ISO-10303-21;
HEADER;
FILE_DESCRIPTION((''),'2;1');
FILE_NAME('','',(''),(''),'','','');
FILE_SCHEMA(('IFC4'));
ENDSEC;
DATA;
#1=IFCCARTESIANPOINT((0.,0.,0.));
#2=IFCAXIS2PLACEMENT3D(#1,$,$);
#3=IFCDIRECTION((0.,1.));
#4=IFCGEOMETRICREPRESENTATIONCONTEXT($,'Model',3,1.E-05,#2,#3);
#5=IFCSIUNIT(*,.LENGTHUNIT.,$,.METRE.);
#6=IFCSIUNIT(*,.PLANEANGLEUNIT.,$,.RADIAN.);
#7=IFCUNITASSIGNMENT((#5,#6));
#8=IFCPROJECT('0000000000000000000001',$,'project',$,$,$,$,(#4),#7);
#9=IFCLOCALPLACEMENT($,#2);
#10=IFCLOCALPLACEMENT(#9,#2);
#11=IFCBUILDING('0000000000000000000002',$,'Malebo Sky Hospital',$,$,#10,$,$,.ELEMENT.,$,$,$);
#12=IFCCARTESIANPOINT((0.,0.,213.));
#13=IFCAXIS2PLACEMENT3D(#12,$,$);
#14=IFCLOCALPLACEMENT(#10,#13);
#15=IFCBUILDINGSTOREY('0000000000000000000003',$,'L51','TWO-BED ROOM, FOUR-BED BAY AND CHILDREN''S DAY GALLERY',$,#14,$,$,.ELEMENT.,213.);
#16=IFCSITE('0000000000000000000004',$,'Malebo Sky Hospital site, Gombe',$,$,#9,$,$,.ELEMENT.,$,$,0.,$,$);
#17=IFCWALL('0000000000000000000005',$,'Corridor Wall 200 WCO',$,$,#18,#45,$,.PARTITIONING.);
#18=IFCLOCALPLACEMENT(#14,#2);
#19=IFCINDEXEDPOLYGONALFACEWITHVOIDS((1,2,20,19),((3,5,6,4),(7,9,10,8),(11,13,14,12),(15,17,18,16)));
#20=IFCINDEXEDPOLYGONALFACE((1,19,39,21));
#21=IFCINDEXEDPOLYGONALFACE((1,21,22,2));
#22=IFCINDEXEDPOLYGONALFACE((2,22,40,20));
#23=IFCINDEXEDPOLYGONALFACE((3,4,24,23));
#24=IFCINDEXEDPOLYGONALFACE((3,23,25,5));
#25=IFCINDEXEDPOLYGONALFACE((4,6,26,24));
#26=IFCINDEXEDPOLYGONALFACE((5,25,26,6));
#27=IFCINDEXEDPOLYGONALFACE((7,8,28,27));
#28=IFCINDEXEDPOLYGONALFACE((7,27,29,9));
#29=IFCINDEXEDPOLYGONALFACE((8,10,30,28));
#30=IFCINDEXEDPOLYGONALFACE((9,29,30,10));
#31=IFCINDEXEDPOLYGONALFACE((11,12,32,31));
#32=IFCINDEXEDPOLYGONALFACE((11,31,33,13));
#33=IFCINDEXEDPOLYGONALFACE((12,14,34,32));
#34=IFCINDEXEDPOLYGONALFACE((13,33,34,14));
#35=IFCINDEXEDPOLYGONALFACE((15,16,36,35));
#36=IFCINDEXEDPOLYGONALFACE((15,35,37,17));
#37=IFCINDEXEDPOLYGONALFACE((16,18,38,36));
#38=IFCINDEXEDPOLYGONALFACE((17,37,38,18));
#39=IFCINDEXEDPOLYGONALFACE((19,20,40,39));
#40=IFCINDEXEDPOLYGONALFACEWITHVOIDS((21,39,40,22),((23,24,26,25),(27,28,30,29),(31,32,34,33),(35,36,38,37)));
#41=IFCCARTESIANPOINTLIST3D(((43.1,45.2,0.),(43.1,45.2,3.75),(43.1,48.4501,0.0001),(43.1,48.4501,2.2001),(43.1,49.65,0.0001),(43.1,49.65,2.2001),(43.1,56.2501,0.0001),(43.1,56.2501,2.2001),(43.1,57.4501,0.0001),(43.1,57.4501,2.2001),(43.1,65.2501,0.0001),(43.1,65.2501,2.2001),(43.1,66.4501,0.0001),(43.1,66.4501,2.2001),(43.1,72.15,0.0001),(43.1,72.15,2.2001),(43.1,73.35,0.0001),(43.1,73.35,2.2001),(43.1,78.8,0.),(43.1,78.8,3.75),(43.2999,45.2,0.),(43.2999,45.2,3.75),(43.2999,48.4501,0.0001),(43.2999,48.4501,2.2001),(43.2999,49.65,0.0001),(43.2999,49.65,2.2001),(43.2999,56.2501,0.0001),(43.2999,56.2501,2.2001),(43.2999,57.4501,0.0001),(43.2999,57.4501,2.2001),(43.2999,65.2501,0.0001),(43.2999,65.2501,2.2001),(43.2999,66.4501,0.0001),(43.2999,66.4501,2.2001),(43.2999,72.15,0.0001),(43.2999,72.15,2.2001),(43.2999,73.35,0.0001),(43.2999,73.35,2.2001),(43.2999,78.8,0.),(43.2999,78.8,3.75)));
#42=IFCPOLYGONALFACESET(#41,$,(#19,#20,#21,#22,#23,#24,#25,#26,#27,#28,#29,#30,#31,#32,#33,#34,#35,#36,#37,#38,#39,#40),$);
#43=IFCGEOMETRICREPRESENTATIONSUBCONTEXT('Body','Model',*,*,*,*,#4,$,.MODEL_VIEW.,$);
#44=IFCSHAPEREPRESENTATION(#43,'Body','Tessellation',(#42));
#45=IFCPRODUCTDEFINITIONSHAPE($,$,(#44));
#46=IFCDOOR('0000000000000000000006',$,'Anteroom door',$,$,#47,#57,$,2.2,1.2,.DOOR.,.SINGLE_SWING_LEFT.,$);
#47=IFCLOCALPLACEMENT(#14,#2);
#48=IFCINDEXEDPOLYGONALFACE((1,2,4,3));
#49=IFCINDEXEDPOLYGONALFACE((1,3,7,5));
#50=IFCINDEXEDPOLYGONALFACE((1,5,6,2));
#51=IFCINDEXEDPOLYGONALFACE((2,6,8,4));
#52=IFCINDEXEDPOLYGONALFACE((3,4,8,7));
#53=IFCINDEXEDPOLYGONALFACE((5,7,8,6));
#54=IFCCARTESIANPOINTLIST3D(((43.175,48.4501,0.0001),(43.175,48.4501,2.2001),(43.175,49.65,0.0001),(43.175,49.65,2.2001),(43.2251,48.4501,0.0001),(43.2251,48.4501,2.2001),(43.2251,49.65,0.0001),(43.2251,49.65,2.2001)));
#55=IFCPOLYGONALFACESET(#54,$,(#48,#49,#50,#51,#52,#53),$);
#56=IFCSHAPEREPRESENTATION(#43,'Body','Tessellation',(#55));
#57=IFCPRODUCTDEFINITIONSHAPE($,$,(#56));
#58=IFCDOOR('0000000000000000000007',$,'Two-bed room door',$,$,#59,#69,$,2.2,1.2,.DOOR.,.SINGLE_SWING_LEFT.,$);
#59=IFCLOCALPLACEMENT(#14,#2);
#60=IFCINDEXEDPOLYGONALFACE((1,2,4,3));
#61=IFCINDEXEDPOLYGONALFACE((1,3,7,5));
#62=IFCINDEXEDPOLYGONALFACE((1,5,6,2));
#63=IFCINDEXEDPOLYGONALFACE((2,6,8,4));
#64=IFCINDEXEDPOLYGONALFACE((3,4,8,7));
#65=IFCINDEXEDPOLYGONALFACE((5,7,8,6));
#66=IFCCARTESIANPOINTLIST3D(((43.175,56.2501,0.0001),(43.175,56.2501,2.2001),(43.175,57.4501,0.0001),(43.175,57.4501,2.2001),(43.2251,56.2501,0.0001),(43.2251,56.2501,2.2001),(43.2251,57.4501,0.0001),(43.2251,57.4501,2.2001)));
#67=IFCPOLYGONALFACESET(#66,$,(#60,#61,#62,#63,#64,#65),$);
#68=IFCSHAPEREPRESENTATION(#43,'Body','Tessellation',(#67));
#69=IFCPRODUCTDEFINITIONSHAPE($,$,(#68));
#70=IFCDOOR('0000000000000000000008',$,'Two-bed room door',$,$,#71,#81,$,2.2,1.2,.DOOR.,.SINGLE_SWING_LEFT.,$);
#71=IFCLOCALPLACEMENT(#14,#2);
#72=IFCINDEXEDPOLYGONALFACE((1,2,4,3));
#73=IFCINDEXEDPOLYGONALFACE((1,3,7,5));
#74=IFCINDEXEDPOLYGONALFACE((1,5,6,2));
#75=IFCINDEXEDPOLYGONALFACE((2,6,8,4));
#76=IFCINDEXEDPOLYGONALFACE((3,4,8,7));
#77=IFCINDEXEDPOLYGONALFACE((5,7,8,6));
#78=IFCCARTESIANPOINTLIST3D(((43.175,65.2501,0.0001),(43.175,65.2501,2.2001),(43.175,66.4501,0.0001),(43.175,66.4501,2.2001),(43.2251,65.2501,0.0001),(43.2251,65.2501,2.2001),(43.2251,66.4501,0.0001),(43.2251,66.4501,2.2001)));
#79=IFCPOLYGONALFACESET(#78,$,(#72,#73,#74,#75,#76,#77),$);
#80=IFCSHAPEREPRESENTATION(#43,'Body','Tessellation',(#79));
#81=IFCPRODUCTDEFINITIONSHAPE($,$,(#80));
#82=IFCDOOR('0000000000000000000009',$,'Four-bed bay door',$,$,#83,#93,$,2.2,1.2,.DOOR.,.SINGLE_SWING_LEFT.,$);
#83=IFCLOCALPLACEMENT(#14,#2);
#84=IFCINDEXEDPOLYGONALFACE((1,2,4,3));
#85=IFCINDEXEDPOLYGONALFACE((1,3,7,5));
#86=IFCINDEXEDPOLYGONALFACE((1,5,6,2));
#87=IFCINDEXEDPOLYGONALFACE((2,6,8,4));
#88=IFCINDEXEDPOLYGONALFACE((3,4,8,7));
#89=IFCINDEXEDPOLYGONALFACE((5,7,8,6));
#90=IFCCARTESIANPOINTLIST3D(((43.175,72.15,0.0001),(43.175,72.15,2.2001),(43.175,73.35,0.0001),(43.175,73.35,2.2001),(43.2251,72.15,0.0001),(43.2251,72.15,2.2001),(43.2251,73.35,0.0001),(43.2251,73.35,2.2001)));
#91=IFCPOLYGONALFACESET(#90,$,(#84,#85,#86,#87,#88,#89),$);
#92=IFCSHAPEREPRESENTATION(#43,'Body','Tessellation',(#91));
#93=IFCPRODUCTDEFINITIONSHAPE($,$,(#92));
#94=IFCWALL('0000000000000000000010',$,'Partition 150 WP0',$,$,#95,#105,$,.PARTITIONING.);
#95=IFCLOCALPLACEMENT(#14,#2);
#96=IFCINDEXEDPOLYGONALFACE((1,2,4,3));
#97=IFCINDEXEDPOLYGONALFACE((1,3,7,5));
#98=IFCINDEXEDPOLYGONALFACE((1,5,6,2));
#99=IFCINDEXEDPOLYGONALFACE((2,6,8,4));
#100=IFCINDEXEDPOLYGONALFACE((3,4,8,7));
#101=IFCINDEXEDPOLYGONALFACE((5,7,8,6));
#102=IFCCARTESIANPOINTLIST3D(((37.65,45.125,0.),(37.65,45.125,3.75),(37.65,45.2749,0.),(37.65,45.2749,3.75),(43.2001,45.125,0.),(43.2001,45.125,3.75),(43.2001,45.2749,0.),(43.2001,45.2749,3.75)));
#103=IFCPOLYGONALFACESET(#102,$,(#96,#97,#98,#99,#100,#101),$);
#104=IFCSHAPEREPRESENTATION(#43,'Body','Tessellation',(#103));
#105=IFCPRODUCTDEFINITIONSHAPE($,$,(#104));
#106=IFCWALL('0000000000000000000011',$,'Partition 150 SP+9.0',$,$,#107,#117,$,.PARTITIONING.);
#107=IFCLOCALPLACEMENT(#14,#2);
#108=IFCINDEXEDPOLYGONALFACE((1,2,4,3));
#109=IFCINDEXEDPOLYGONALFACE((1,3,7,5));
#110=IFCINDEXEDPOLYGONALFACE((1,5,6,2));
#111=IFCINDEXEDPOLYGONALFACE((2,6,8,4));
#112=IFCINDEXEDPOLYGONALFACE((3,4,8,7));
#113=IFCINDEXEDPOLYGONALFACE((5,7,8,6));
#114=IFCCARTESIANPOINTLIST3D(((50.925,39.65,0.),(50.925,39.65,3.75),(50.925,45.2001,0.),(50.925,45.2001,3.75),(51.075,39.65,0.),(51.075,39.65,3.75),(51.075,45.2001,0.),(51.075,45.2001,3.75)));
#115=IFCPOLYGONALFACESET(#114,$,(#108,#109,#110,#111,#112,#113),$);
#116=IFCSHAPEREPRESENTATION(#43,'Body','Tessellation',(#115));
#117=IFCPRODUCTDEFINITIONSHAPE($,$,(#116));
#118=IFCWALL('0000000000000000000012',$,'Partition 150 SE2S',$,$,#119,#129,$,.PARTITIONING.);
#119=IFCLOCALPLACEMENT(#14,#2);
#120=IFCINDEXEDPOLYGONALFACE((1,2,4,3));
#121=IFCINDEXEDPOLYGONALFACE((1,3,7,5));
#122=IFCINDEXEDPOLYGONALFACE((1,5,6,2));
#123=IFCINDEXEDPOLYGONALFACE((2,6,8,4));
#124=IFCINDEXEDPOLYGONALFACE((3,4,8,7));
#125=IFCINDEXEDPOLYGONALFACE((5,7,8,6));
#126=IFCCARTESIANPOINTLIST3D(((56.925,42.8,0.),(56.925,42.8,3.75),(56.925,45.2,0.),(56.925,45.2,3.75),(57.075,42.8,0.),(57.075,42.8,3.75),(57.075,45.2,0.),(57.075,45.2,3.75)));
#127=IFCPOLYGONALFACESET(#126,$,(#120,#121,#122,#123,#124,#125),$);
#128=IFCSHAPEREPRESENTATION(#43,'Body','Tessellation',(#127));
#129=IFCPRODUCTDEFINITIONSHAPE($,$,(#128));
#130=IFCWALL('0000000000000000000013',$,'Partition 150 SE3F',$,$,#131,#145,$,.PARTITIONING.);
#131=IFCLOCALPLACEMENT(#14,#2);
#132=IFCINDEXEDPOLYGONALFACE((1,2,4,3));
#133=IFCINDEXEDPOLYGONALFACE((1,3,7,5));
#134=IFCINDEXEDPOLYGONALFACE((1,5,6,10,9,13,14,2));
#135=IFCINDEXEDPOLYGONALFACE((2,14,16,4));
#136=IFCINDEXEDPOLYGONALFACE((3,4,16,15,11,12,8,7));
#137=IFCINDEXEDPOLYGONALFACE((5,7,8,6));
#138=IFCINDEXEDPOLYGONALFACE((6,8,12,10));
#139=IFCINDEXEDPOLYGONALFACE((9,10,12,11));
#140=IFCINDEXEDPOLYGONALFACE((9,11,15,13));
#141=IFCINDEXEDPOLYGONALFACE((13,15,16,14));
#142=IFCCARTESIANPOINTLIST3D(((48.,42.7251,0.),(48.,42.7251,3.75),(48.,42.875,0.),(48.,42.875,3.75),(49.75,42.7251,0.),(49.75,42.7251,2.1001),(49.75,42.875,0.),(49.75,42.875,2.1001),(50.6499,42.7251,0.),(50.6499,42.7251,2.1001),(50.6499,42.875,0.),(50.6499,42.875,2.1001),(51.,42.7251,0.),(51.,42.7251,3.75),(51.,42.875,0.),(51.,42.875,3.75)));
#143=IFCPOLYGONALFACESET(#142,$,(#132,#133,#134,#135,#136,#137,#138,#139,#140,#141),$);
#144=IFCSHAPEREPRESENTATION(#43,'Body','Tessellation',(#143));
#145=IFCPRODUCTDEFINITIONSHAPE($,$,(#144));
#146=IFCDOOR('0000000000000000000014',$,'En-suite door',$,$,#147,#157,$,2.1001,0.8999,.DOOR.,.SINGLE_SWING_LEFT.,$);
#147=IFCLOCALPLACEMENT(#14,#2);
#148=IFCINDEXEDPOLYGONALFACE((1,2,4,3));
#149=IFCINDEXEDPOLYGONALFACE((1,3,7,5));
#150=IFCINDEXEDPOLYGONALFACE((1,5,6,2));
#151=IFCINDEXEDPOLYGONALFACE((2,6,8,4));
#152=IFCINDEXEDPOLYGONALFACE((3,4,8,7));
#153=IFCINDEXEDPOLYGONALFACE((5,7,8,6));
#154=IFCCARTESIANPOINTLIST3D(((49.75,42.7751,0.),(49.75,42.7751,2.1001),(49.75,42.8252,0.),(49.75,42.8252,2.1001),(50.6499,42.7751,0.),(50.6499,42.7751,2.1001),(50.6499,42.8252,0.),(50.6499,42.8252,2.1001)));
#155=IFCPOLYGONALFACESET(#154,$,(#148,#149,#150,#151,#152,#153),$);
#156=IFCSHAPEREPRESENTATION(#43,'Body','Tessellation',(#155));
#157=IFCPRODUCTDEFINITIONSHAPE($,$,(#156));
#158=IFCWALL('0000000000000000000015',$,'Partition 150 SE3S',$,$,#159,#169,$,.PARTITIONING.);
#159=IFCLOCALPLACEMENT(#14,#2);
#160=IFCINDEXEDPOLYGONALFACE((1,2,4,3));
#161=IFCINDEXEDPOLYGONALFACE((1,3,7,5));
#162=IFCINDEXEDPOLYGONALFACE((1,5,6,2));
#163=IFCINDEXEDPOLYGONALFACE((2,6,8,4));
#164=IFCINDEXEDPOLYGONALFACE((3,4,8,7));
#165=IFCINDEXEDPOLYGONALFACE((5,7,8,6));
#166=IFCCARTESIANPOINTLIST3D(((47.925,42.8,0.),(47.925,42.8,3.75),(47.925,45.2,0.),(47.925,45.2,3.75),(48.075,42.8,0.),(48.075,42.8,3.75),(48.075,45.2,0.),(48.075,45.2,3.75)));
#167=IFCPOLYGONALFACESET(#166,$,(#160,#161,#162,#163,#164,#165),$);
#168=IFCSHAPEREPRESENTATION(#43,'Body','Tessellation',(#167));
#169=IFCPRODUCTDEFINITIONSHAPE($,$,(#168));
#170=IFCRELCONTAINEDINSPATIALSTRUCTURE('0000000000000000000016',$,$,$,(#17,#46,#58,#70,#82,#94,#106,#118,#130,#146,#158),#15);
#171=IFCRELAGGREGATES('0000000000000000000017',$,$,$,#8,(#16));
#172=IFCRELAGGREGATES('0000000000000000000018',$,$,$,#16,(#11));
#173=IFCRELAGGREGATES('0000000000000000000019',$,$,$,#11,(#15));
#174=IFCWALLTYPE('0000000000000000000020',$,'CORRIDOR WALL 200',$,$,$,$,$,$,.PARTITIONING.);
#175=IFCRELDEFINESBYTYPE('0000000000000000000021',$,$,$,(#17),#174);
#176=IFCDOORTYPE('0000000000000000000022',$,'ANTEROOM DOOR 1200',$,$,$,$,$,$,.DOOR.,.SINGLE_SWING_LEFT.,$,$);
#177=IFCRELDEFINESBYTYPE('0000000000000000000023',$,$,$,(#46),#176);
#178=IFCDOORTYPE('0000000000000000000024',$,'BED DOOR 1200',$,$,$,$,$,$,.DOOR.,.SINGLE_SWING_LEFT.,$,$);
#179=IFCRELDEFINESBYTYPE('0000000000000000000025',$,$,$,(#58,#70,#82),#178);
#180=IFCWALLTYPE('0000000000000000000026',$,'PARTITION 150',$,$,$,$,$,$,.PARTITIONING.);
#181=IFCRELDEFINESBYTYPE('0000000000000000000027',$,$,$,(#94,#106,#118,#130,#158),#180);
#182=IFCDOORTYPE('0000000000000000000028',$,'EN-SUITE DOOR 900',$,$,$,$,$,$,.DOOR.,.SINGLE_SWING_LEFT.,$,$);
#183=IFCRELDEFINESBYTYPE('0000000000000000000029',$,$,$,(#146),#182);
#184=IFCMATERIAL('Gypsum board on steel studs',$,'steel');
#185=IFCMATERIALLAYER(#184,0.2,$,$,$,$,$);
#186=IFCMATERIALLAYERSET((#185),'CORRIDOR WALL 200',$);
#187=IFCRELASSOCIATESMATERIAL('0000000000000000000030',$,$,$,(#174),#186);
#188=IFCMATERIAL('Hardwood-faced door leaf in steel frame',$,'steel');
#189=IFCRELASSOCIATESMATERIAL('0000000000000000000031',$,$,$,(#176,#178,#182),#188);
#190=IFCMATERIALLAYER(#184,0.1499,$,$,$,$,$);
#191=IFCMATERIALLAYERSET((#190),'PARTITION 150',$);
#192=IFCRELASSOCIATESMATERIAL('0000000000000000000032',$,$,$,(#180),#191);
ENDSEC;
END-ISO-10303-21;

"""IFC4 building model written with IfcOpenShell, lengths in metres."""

from ifc_helpers import new_model, si_unit, direction, frame, frame_2d, origin, place, context, subcontext, project, spatial, rectangle, extrude, material, layer, layer_set, type_object, element, fill, save


model = new_model("IFC4")

# Units and contexts
model_context = context("Model", 3, precision=1e-05, world=origin(), true_north=direction((0.0, 1.0)))
body_context = subcontext(model_context, "Body", "Model", "MODEL_VIEW")
ifc_project = project(units=[si_unit("LENGTHUNIT", "METRE"), si_unit("PLANEANGLEUNIT", "RADIAN")], contexts=[model_context])

# Site, building, storey
site_placement = place(None, origin())
site = spatial("IfcSite", under=ifc_project, at=site_placement, Name="Malebo Sky Hospital site, Gombe", CompositionType="ELEMENT", RefElevation=0.0)
building_placement = place(site_placement, origin())
building = spatial("IfcBuilding", under=site, at=building_placement, Name="Malebo Sky Hospital", CompositionType="ELEMENT")
storey_placement = place(building_placement, frame((0.0, 0.0, 213.0)))
storey = spatial("IfcBuildingStorey", under=building, at=storey_placement, Name="L51", Description="TWO-BED ROOM, FOUR-BED BAY AND CHILDREN'S DAY GALLERY", CompositionType="ELEMENT", Elevation=213.0)

# Wall, openings, doors
ifc_material_1 = material(Name="Gypsum board on steel studs", Category="steel")
ifc_layer_1 = layer(ifc_material_1, 0.2)
ifc_layer_set_1 = layer_set([ifc_layer_1], Name="CORRIDOR WALL 200")
wall_type_1 = type_object("IfcWallType", Name="CORRIDOR WALL 200", PredefinedType="PARTITIONING", material=ifc_layer_set_1)
wall_1_placement = place(storey_placement, frame((43.2, 45.2, 0.0), z_axis=(0.0, 0.0, 1.0), x_axis=(0.0, 1.0, 0.0)))
wall_1 = element("IfcWall", 1, at=wall_1_placement, inside=storey, type_object=wall_type_1, Name="Corridor Wall 200 WCO", PredefinedType="PARTITIONING", context=body_context, shape_type="SweptSolid", body=[
    extrude(rectangle(XDim=33.6001, YDim=0.2, at=frame_2d((16.8, 0.0))), origin(), (0.0, 0.0, 1.0), 3.75),
])
opening_1_placement = place(wall_1_placement, frame((3.25, 0.0, 0.0)))
opening_1 = element("IfcOpeningElement", 2, at=opening_1_placement, cuts=wall_1, PredefinedType="OPENING", context=body_context, shape_type="SweptSolid", body=[
    extrude(rectangle(XDim=1.2, YDim=2.2, at=frame_2d((0.6001, 1.1001))), frame((0.0, 0.1099, 0.0), z_axis=(0.0, -1.0, 0.0), x_axis=(1.0, 0.0, 0.0)), (0.0, 0.0, 1.0), 0.22),
])
opening_2_placement = place(wall_1_placement, frame((11.05, 0.0, 0.0)))
opening_2 = element("IfcOpeningElement", 3, at=opening_2_placement, cuts=wall_1, PredefinedType="OPENING", context=body_context, shape_type="SweptSolid", body=[
    extrude(rectangle(XDim=1.2, YDim=2.2, at=frame_2d((0.6001, 1.1001))), frame((0.0, 0.1099, 0.0), z_axis=(0.0, -1.0, 0.0), x_axis=(1.0, 0.0, 0.0)), (0.0, 0.0, 1.0), 0.22),
])
opening_3_placement = place(wall_1_placement, frame((20.05, 0.0, 0.0)))
opening_3 = element("IfcOpeningElement", 4, at=opening_3_placement, cuts=wall_1, PredefinedType="OPENING", context=body_context, shape_type="SweptSolid", body=[
    extrude(rectangle(XDim=1.2, YDim=2.2, at=frame_2d((0.6001, 1.1001))), frame((0.0, 0.1099, 0.0), z_axis=(0.0, -1.0, 0.0), x_axis=(1.0, 0.0, 0.0)), (0.0, 0.0, 1.0), 0.22),
])
opening_4_placement = place(wall_1_placement, frame((26.95, 0.0, 0.0)))
opening_4 = element("IfcOpeningElement", 5, at=opening_4_placement, cuts=wall_1, PredefinedType="OPENING", context=body_context, shape_type="SweptSolid", body=[
    extrude(rectangle(XDim=1.2, YDim=2.2, at=frame_2d((0.6001, 1.1001))), frame((0.0, 0.1099, 0.0), z_axis=(0.0, -1.0, 0.0), x_axis=(1.0, 0.0, 0.0)), (0.0, 0.0, 1.0), 0.22),
])
ifc_material_2 = material(Name="Hardwood-faced door leaf in steel frame", Category="steel")
door_type_1 = type_object("IfcDoorType", Name="ANTEROOM DOOR 1200", OperationType="SINGLE_SWING_LEFT", PredefinedType="DOOR", material=ifc_material_2)
door_1_placement = place(opening_1_placement, origin())
door_1 = element("IfcDoor", 6, at=door_1_placement, inside=storey, type_object=door_type_1, Name="Anteroom door", OperationType="SINGLE_SWING_LEFT", OverallHeight=2.2, OverallWidth=1.2, PredefinedType="DOOR", context=body_context, shape_type="SweptSolid", body=[
    extrude(rectangle(XDim=1.2, YDim=2.2, at=frame_2d((0.6001, 1.1001))), frame((0.0, 0.0249, 0.0), z_axis=(0.0, -1.0, 0.0), x_axis=(1.0, 0.0, 0.0)), (0.0, 0.0, 1.0), 0.05),
])
fill(opening_1, door_1)
door_type_2 = type_object("IfcDoorType", Name="BED DOOR 1200", OperationType="SINGLE_SWING_LEFT", PredefinedType="DOOR", material=ifc_material_2)
door_2_placement = place(opening_2_placement, origin())
door_2 = element("IfcDoor", 7, at=door_2_placement, inside=storey, type_object=door_type_2, Name="Two-bed room door", OperationType="SINGLE_SWING_LEFT", OverallHeight=2.2, OverallWidth=1.2, PredefinedType="DOOR", context=body_context, shape_type="SweptSolid", body=[
    extrude(rectangle(XDim=1.2, YDim=2.2, at=frame_2d((0.6001, 1.1001))), frame((0.0, 0.0249, 0.0), z_axis=(0.0, -1.0, 0.0), x_axis=(1.0, 0.0, 0.0)), (0.0, 0.0, 1.0), 0.05),
])
fill(opening_2, door_2)
door_3_placement = place(opening_3_placement, origin())
door_3 = element("IfcDoor", 8, at=door_3_placement, inside=storey, type_object=door_type_2, Name="Two-bed room door", OperationType="SINGLE_SWING_LEFT", OverallHeight=2.2, OverallWidth=1.2, PredefinedType="DOOR", context=body_context, shape_type="SweptSolid", body=[
    extrude(rectangle(XDim=1.2, YDim=2.2, at=frame_2d((0.6001, 1.1001))), frame((0.0, 0.0249, 0.0), z_axis=(0.0, -1.0, 0.0), x_axis=(1.0, 0.0, 0.0)), (0.0, 0.0, 1.0), 0.05),
])
fill(opening_3, door_3)
door_4_placement = place(opening_4_placement, origin())
door_4 = element("IfcDoor", 9, at=door_4_placement, inside=storey, type_object=door_type_2, Name="Four-bed bay door", OperationType="SINGLE_SWING_LEFT", OverallHeight=2.2, OverallWidth=1.2, PredefinedType="DOOR", context=body_context, shape_type="SweptSolid", body=[
    extrude(rectangle(XDim=1.2, YDim=2.2, at=frame_2d((0.6001, 1.1001))), frame((0.0, 0.0249, 0.0), z_axis=(0.0, -1.0, 0.0), x_axis=(1.0, 0.0, 0.0)), (0.0, 0.0, 1.0), 0.05),
])
fill(opening_4, door_4)

# Walls
ifc_layer_2 = layer(ifc_material_1, 0.1499)
ifc_layer_set_2 = layer_set([ifc_layer_2], Name="PARTITION 150")
wall_type_2 = type_object("IfcWallType", Name="PARTITION 150", PredefinedType="PARTITIONING", material=ifc_layer_set_2)
for number, where, z_axis, x_axis, name in (
    (10, (43.2, 45.2, 0.0), (0.0, 0.0, 1.0), (-1.0, 0.0, 0.0), "Partition 150 WP0"),
    (11, (51.0, 45.2, 0.0), (0.0, 0.0, 1.0), (0.0, -1.0, 0.0), "Partition 150 SP+9.0"),
):
    element("IfcWall", number, at=place(storey_placement, frame(where, z_axis=z_axis, x_axis=x_axis)), inside=storey, type_object=wall_type_2, Name=name, PredefinedType="PARTITIONING", context=body_context, shape_type="SweptSolid", body=[
        extrude(rectangle(XDim=5.55, YDim=0.1499, at=frame_2d((2.7749, 0.0))), origin(), (0.0, 0.0, 1.0), 3.75),
    ])
wall_2_placement = place(storey_placement, frame((57.0, 45.2, 0.0), z_axis=(0.0, 0.0, 1.0), x_axis=(0.0, -1.0, 0.0)))
element("IfcWall", 12, at=wall_2_placement, inside=storey, type_object=wall_type_2, Name="Partition 150 SE2S", PredefinedType="PARTITIONING", context=body_context, shape_type="SweptSolid", body=[
    extrude(rectangle(XDim=2.3999, YDim=0.1499, at=frame_2d((1.2, 0.0))), origin(), (0.0, 0.0, 1.0), 3.75),
])

# Wall, opening, door
wall_3_placement = place(storey_placement, frame((51.0, 42.8, 0.0), z_axis=(0.0, 0.0, 1.0), x_axis=(-1.0, 0.0, 0.0)))
wall_3 = element("IfcWall", 13, at=wall_3_placement, inside=storey, type_object=wall_type_2, Name="Partition 150 SE3F", PredefinedType="PARTITIONING", context=body_context, shape_type="SweptSolid", body=[
    extrude(rectangle(XDim=3.0, YDim=0.1499, at=frame_2d((1.5, 0.0))), origin(), (0.0, 0.0, 1.0), 3.75),
])
opening_5_placement = place(wall_3_placement, frame((0.3501, 0.0, 0.0)))
opening_5 = element("IfcOpeningElement", 14, at=opening_5_placement, cuts=wall_3, PredefinedType="OPENING", context=body_context, shape_type="SweptSolid", body=[
    extrude(rectangle(XDim=0.8999, YDim=2.1001, at=frame_2d((0.45, 1.05))), frame((0.0, 0.085, 0.0), z_axis=(0.0, -1.0, 0.0), x_axis=(1.0, 0.0, 0.0)), (0.0, 0.0, 1.0), 0.1699),
])
door_type_3 = type_object("IfcDoorType", Name="EN-SUITE DOOR 900", OperationType="SINGLE_SWING_LEFT", PredefinedType="DOOR", material=ifc_material_2)
door_5_placement = place(opening_5_placement, origin())
door_5 = element("IfcDoor", 15, at=door_5_placement, inside=storey, type_object=door_type_3, Name="En-suite door", OperationType="SINGLE_SWING_LEFT", OverallHeight=2.1001, OverallWidth=0.8999, PredefinedType="DOOR", context=body_context, shape_type="SweptSolid", body=[
    extrude(rectangle(XDim=0.8999, YDim=2.1001, at=frame_2d((0.45, 1.05))), frame((0.0, 0.0249, 0.0), z_axis=(0.0, -1.0, 0.0), x_axis=(1.0, 0.0, 0.0)), (0.0, 0.0, 1.0), 0.05),
])
fill(opening_5, door_5)

# Wall
wall_4_placement = place(storey_placement, frame((48.0, 45.2, 0.0), z_axis=(0.0, 0.0, 1.0), x_axis=(0.0, -1.0, 0.0)))
element("IfcWall", 16, at=wall_4_placement, inside=storey, type_object=wall_type_2, Name="Partition 150 SE3S", PredefinedType="PARTITIONING", context=body_context, shape_type="SweptSolid", body=[
    extrude(rectangle(XDim=2.3999, YDim=0.1499, at=frame_2d((1.2, 0.0))), origin(), (0.0, 0.0, 1.0), 3.75),
])

save(model, "model.ifc")
